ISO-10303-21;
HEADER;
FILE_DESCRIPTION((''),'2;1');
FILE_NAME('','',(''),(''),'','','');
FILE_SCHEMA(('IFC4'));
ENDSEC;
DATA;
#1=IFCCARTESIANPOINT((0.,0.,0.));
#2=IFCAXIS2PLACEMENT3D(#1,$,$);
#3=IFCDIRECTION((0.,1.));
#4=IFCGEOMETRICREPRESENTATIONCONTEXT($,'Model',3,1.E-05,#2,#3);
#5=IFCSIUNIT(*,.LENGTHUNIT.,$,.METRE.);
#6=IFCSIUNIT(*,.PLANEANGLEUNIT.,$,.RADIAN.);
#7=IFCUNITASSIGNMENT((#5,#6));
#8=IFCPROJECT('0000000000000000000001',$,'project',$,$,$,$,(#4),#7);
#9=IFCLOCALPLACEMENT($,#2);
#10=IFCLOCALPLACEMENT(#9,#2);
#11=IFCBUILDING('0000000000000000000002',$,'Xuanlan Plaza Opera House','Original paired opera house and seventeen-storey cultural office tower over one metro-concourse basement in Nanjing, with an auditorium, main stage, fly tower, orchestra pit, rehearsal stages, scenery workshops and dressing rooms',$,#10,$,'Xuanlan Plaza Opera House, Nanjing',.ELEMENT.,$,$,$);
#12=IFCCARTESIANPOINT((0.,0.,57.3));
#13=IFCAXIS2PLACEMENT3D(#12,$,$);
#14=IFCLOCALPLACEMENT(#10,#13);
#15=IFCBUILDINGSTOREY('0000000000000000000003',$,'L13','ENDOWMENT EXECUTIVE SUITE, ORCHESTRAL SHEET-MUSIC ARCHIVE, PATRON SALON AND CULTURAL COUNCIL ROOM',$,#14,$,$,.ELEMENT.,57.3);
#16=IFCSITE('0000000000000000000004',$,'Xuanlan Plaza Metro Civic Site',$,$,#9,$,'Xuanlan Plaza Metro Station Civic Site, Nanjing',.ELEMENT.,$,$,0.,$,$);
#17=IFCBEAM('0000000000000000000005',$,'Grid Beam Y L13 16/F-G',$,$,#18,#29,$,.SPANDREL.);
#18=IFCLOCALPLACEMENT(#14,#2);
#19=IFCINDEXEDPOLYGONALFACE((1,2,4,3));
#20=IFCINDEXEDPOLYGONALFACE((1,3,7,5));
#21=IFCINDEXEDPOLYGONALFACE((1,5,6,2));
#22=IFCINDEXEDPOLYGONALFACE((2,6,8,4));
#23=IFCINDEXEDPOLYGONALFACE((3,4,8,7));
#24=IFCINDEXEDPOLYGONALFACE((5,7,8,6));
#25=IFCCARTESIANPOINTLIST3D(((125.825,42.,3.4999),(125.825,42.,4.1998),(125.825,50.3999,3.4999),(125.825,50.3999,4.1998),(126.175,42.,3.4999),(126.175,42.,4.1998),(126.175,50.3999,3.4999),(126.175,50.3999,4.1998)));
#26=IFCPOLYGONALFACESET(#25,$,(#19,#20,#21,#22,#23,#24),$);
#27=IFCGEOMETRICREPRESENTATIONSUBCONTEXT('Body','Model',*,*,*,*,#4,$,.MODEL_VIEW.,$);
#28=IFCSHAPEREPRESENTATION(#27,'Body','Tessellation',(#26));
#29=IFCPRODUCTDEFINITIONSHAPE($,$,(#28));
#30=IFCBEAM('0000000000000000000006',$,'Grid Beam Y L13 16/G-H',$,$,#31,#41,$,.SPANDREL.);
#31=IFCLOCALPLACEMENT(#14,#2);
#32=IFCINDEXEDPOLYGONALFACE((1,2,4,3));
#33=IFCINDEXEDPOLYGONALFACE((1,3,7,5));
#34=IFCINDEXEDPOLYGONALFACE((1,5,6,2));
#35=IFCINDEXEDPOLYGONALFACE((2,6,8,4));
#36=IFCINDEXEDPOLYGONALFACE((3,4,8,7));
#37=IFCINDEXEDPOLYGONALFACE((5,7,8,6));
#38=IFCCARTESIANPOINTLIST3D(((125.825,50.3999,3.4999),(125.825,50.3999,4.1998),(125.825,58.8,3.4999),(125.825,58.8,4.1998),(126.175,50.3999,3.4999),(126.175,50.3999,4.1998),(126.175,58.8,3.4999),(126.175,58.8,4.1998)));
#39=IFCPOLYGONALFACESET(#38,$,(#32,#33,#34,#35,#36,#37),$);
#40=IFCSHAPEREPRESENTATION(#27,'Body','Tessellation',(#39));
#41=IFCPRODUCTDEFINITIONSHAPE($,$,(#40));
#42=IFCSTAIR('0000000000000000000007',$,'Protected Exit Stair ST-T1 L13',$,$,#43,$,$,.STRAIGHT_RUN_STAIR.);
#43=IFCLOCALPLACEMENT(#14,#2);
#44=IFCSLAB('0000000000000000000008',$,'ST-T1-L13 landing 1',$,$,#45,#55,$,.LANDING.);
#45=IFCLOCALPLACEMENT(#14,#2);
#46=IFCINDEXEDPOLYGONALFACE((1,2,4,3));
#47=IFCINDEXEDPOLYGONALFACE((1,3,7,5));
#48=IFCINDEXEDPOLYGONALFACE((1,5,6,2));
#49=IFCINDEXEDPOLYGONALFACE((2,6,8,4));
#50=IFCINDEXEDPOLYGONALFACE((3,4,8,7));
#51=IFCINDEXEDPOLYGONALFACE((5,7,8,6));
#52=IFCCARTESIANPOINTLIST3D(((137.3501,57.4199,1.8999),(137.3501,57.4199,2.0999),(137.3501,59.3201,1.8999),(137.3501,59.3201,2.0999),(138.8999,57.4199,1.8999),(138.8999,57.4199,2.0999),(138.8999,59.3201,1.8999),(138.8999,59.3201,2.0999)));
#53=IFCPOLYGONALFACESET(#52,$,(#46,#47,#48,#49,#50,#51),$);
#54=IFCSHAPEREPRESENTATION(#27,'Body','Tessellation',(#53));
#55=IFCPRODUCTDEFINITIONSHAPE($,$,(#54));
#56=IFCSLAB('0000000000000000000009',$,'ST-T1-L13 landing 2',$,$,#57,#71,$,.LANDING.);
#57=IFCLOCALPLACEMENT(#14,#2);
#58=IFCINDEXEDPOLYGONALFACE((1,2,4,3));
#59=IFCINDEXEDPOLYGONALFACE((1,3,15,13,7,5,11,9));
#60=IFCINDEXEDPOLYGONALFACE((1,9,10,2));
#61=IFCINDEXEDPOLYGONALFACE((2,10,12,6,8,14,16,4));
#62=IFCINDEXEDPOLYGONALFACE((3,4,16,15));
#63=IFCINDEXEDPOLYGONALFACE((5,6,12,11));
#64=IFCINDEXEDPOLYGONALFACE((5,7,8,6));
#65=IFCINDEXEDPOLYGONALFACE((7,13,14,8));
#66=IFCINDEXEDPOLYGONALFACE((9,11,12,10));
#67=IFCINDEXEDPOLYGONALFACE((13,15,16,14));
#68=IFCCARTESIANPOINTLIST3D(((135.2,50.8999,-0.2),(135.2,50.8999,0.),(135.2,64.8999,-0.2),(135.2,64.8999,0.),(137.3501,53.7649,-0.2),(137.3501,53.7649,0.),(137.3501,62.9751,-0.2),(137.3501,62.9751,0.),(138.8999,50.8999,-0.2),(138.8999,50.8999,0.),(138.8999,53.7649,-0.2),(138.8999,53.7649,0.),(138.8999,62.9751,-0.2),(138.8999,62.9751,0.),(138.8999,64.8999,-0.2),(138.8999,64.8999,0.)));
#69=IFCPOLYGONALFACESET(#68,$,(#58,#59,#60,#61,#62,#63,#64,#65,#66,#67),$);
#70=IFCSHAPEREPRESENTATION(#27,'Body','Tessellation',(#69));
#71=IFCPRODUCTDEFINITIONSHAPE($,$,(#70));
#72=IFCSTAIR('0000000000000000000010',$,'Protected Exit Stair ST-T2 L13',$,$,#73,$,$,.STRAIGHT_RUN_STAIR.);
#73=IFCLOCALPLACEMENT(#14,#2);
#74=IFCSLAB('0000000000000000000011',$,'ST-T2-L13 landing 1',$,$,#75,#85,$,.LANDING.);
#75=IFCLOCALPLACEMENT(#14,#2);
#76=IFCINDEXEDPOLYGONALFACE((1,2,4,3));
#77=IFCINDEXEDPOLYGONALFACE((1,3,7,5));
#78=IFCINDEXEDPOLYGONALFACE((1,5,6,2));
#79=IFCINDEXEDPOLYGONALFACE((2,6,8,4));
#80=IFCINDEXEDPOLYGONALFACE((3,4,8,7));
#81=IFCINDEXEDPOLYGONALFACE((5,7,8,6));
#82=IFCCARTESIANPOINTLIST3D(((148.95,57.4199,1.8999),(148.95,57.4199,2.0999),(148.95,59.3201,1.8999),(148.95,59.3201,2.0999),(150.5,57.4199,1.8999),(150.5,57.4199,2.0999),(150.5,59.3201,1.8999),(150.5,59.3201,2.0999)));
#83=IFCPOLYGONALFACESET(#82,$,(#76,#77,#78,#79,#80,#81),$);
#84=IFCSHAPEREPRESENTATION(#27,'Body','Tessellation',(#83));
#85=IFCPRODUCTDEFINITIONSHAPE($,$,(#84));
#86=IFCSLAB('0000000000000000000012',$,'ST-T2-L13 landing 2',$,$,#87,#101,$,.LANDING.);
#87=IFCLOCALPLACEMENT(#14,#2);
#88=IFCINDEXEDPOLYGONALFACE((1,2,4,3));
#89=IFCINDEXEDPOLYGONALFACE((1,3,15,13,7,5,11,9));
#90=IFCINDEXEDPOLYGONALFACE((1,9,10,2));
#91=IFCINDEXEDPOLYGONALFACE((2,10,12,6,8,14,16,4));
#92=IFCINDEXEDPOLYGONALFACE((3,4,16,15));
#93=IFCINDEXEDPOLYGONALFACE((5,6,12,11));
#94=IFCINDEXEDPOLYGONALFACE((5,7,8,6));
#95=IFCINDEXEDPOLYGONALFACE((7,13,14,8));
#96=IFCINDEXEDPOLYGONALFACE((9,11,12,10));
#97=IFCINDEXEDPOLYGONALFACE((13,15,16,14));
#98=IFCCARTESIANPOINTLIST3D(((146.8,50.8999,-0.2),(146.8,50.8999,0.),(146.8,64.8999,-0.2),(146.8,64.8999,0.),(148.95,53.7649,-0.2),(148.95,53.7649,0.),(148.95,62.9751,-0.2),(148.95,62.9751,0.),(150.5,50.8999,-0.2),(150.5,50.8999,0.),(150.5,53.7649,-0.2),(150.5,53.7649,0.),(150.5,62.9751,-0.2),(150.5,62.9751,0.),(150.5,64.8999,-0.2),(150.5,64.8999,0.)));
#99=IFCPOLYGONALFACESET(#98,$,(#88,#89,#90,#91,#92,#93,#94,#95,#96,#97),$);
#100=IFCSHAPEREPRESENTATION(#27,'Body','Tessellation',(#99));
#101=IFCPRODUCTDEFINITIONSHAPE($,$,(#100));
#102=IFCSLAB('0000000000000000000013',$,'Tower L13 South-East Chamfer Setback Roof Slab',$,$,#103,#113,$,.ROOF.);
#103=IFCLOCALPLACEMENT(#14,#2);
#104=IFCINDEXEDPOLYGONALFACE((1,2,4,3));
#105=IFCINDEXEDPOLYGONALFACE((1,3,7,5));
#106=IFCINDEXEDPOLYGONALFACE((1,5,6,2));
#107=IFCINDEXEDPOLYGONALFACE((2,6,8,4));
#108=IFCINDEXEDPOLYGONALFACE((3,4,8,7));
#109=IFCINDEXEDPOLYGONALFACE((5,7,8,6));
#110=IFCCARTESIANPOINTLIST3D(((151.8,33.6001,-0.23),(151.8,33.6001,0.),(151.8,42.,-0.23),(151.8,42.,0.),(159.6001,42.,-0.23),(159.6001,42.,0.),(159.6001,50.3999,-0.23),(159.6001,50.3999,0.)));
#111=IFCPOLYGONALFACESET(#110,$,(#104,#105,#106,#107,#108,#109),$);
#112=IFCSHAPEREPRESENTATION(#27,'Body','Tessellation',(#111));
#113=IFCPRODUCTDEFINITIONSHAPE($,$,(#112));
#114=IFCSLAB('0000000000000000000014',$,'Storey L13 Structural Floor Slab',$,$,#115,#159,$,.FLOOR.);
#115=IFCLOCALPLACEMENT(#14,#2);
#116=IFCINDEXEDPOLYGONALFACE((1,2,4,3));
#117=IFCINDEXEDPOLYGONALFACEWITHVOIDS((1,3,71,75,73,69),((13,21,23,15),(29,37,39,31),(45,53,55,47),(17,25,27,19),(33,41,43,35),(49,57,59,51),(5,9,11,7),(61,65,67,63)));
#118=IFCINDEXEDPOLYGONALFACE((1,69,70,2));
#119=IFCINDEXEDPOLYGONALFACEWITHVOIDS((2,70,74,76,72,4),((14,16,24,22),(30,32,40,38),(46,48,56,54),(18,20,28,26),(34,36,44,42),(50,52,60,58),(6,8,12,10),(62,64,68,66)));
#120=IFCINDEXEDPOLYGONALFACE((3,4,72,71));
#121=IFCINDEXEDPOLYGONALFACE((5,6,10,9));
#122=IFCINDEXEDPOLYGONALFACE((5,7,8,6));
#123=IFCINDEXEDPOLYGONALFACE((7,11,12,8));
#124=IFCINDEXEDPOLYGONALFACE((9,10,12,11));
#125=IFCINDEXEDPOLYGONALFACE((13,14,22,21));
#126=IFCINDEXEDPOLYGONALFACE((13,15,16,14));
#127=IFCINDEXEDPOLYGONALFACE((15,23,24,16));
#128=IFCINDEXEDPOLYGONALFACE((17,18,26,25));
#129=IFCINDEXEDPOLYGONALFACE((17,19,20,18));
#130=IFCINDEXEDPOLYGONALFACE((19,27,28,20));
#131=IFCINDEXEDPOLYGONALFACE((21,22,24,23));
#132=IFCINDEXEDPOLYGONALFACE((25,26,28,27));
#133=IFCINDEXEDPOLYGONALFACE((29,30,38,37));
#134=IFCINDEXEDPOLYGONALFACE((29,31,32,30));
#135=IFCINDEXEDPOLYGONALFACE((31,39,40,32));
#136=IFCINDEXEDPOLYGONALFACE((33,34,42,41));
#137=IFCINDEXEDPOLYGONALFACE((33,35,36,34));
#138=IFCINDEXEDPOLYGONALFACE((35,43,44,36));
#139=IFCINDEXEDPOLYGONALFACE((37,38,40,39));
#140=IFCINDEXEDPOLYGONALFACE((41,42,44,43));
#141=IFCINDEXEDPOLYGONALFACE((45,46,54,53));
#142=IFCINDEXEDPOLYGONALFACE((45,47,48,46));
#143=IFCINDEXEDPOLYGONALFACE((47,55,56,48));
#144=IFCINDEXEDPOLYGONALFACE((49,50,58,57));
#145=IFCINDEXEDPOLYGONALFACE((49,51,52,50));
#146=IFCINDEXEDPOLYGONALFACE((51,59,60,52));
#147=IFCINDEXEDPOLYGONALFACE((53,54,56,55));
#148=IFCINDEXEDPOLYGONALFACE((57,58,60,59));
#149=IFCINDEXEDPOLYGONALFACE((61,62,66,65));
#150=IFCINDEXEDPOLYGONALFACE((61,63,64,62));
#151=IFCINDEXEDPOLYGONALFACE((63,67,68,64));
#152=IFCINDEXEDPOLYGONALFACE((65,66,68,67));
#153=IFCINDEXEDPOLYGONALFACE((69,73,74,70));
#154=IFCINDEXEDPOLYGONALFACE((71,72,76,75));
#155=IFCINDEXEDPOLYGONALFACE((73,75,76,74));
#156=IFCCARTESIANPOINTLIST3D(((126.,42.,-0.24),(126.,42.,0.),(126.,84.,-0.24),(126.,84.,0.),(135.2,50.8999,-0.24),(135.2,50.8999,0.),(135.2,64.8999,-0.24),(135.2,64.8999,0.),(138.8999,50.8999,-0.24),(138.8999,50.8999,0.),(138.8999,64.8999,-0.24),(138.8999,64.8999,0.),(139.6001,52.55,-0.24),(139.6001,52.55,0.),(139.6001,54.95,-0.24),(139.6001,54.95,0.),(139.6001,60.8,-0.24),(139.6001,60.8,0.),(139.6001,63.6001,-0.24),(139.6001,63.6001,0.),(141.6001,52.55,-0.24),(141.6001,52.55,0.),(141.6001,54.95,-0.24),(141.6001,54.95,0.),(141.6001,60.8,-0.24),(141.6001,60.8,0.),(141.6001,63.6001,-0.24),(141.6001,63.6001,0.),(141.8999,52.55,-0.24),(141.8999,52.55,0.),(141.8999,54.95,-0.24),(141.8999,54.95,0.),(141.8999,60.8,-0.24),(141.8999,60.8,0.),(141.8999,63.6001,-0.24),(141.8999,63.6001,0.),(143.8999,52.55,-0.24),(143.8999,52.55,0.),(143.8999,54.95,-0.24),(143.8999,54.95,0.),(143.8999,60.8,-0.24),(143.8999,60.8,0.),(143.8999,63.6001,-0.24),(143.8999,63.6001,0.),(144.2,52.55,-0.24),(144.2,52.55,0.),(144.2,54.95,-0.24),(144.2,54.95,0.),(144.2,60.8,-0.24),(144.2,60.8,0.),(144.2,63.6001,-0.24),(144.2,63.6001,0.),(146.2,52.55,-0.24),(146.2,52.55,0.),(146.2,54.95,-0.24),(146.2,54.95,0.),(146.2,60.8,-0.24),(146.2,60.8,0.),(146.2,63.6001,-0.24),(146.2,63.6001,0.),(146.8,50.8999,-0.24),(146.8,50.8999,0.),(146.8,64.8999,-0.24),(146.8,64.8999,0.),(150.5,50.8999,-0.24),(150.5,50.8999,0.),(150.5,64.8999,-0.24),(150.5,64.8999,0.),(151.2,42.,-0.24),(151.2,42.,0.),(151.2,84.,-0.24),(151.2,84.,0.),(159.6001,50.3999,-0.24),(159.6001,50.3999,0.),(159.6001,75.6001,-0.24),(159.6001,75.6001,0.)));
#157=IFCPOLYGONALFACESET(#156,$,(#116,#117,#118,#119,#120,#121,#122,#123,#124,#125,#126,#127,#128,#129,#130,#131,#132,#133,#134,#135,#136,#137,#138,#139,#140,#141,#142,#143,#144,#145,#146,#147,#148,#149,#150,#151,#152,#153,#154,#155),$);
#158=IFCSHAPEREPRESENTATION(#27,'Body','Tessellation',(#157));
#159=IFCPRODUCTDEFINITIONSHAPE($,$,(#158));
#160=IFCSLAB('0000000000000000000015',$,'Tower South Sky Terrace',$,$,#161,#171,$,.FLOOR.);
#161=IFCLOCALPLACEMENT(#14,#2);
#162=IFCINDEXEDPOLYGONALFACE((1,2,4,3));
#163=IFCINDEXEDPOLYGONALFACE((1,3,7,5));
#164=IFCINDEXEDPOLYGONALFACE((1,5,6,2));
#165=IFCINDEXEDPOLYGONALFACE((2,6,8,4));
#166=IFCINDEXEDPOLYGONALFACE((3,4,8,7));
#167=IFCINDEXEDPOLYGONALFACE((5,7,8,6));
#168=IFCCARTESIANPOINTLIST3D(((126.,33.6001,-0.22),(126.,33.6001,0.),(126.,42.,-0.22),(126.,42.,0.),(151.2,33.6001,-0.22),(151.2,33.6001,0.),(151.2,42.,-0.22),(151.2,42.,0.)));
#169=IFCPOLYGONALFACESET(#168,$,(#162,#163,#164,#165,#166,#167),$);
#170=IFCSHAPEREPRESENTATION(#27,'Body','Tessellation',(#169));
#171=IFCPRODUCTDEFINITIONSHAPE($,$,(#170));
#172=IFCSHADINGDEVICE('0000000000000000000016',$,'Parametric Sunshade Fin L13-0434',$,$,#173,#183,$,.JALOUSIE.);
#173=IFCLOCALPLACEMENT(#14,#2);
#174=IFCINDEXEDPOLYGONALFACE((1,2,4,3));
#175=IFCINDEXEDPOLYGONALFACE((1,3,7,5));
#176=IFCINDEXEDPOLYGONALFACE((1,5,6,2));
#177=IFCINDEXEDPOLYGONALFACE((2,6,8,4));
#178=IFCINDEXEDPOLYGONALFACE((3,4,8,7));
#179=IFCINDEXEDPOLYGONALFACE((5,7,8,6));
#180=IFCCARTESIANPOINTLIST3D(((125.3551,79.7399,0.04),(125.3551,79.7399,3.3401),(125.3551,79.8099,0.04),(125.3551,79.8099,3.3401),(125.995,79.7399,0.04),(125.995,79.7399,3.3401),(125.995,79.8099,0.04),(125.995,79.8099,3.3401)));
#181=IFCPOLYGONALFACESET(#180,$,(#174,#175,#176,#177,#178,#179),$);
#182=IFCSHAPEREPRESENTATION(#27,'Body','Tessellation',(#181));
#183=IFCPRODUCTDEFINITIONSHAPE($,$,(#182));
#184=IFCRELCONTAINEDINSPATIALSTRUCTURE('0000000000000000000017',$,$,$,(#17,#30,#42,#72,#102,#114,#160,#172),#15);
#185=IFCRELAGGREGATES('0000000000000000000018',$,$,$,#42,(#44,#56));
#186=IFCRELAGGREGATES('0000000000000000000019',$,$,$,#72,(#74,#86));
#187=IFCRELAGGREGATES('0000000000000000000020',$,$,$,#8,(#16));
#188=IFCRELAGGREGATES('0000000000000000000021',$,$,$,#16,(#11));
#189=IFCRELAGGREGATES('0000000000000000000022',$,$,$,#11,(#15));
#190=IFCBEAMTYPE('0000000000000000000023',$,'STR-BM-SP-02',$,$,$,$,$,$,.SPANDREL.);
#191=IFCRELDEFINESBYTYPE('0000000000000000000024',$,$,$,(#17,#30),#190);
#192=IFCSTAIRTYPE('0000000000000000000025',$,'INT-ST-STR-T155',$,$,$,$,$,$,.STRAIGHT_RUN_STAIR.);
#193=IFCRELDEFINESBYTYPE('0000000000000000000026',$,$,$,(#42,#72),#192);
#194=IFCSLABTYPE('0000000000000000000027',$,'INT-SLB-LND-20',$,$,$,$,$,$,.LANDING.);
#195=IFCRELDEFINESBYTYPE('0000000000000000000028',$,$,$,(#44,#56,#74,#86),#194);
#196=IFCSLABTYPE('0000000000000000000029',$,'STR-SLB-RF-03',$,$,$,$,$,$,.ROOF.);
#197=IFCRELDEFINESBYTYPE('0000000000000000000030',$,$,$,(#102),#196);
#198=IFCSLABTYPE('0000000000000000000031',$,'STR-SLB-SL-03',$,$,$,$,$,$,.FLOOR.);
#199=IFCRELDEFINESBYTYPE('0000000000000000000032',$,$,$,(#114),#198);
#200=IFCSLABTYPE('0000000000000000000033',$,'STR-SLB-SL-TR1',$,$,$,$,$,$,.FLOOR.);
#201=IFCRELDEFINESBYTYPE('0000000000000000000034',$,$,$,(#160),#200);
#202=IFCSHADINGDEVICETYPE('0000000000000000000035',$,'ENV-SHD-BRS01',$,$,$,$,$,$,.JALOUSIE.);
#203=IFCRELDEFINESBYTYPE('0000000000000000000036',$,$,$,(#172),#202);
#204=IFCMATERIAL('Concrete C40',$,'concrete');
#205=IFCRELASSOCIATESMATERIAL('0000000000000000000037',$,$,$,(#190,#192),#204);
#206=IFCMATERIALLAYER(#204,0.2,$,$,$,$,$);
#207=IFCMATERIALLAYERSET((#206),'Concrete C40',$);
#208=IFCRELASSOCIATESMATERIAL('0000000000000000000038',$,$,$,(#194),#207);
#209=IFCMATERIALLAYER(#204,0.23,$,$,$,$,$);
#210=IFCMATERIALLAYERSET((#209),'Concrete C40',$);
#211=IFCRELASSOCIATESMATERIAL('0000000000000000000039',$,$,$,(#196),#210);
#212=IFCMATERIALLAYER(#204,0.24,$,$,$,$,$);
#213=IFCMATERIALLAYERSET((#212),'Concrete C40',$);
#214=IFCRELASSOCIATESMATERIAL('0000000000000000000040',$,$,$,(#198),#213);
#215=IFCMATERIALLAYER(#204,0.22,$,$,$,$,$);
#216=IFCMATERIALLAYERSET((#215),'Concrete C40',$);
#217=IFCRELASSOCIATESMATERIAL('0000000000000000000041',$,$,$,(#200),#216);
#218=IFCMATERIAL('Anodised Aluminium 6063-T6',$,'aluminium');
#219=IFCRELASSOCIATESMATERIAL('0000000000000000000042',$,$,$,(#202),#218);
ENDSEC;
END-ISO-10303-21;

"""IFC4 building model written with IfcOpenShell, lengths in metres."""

from ifc_helpers import new_model, si_unit, direction, frame, origin, origin_2d, place, context, subcontext, project, spatial, polyline, rectangle, outline, extrude, material, layer, layer_set, material_profile, profile_set, type_object, element, aggregate, save


model = new_model("IFC4")

# Units and contexts
model_context = context("Model", 3, precision=1e-05, world=origin(), true_north=direction((0.0, 1.0)))
body_context = subcontext(model_context, "Body", "Model", "MODEL_VIEW")
ifc_project = project(units=[si_unit("LENGTHUNIT", "METRE"), si_unit("PLANEANGLEUNIT", "RADIAN")], contexts=[model_context])

# Site, building, storey
site_placement = place(None, origin())
site = spatial("IfcSite", under=ifc_project, at=site_placement, Name="Xuanlan Plaza Metro Civic Site", LongName="Xuanlan Plaza Metro Station Civic Site, Nanjing", CompositionType="ELEMENT", RefElevation=0.0)
building_placement = place(site_placement, origin())
building = spatial("IfcBuilding", under=site, at=building_placement, Name="Xuanlan Plaza Opera House", Description="Original paired opera house and seventeen-storey cultural office tower over one metro-concourse basement in Nanjing, with an auditorium, main stage, fly tower, orchestra pit, rehearsal stages, scenery workshops and dressing rooms", LongName="Xuanlan Plaza Opera House, Nanjing", CompositionType="ELEMENT")
storey_placement = place(building_placement, frame((0.0, 0.0, 57.3)))
storey = spatial("IfcBuildingStorey", under=building, at=storey_placement, Name="L13", Description="ENDOWMENT EXECUTIVE SUITE, ORCHESTRAL SHEET-MUSIC ARCHIVE, PATRON SALON AND CULTURAL COUNCIL ROOM", CompositionType="ELEMENT", Elevation=57.3)

# Beams
ifc_material_1 = material(Name="Concrete C40", Category="concrete")
ifc_material_profile_1 = material_profile(ifc_material_1, rectangle(XDim=0.3501, YDim=0.7, at=origin_2d()), Name="RC-SPD 350x700")
ifc_profile_set_1 = profile_set([ifc_material_profile_1], Name="Concrete C40")
beam_type_1 = type_object("IfcBeamType", Name="STR-BM-SP-02", PredefinedType="SPANDREL", material=ifc_profile_set_1)
for number, where, z_axis, x_axis, name in (
    (1, (126.0, 42.0, 3.8499), (0.0, 1.0, 0.0), (-1.0, 0.0, 0.0), "Grid Beam Y L13 16/F-G"),
):
    element("IfcBeam", number, at=place(storey_placement, frame(where, z_axis=z_axis, x_axis=x_axis)), inside=storey, type_object=beam_type_1, Name=name, PredefinedType="SPANDREL", context=body_context, shape_type="SweptSolid", body=[
        extrude(rectangle(XDim=0.3501, YDim=0.7, at=origin_2d()), origin(), (0.0, 0.0, 1.0), 8.3999),
    ])
beam_1_placement = place(storey_placement, frame((126.0, 50.3999, 3.8499), z_axis=(0.0, 1.0, 0.0), x_axis=(-1.0, 0.0, 0.0)))
element("IfcBeam", 2, at=beam_1_placement, inside=storey, type_object=beam_type_1, Name="Grid Beam Y L13 16/G-H", PredefinedType="SPANDREL", context=body_context, shape_type="SweptSolid", body=[
    extrude(rectangle(XDim=0.3501, YDim=0.7, at=origin_2d()), origin(), (0.0, 0.0, 1.0), 8.4001),
])

# Stairs, slabs
stair_type = type_object("IfcStairType", Name="INT-ST-STR-T155", PredefinedType="STRAIGHT_RUN_STAIR", material=ifc_material_1)
stair_1_placement = place(storey_placement, origin())
stair_1 = element("IfcStair", 3, at=stair_1_placement, inside=storey, type_object=stair_type, Name="Protected Exit Stair ST-T1 L13", PredefinedType="STRAIGHT_RUN_STAIR")
ifc_layer_1 = layer(ifc_material_1, 0.2)
ifc_layer_set_1 = layer_set([ifc_layer_1], Name="Concrete C40")
slab_type_1 = type_object("IfcSlabType", Name="INT-SLB-LND-20", PredefinedType="LANDING", material=ifc_layer_set_1)
slab_1_placement = place(storey_placement, frame((0.0, 0.0, 1.8999)))
slab_1 = element("IfcSlab", 4, at=slab_1_placement, type_object=slab_type_1, Name="ST-T1-L13 landing 1", PredefinedType="LANDING", context=body_context, shape_type="SweptSolid", body=[
    extrude(outline(polyline([(137.3501, 57.4199), (138.8999, 57.4199), (138.8999, 59.3201), (137.3501, 59.3201), (137.3501, 57.4199)])), origin(), (0.0, 0.0, 1.0), 0.2),
])
slab_2_placement = place(storey_placement, frame((0.0, 0.0, -0.2)))
slab_2 = element("IfcSlab", 5, at=slab_2_placement, type_object=slab_type_1, Name="ST-T1-L13 landing 2", PredefinedType="LANDING", context=body_context, shape_type="SweptSolid", body=[
    extrude(outline(polyline([(135.2, 50.8999), (138.8999, 50.8999), (138.8999, 53.7649), (137.3501, 53.7649), (137.3501, 62.9751), (138.8999, 62.9751), (138.8999, 64.8999), (135.2, 64.8999), (135.2, 50.8999)])), origin(), (0.0, 0.0, 1.0), 0.2),
])
aggregate(stair_1, [slab_1, slab_2])
stair_2_placement = place(storey_placement, origin())
stair_2 = element("IfcStair", 6, at=stair_2_placement, inside=storey, type_object=stair_type, Name="Protected Exit Stair ST-T2 L13", PredefinedType="STRAIGHT_RUN_STAIR")
slab_3_placement = place(storey_placement, frame((0.0, 0.0, 1.8999)))
slab_3 = element("IfcSlab", 7, at=slab_3_placement, type_object=slab_type_1, Name="ST-T2-L13 landing 1", PredefinedType="LANDING", context=body_context, shape_type="SweptSolid", body=[
    extrude(outline(polyline([(148.95, 57.4199), (150.5, 57.4199), (150.5, 59.3201), (148.95, 59.3201), (148.95, 57.4199)])), origin(), (0.0, 0.0, 1.0), 0.2),
])
slab_4_placement = place(storey_placement, frame((0.0, 0.0, -0.2)))
slab_4 = element("IfcSlab", 8, at=slab_4_placement, type_object=slab_type_1, Name="ST-T2-L13 landing 2", PredefinedType="LANDING", context=body_context, shape_type="SweptSolid", body=[
    extrude(outline(polyline([(146.8, 50.8999), (150.5, 50.8999), (150.5, 53.7649), (148.95, 53.7649), (148.95, 62.9751), (150.5, 62.9751), (150.5, 64.8999), (146.8, 64.8999), (146.8, 50.8999)])), origin(), (0.0, 0.0, 1.0), 0.2),
])
aggregate(stair_2, [slab_3, slab_4])

# Slabs
ifc_layer_2 = layer(ifc_material_1, 0.23)
ifc_layer_set_2 = layer_set([ifc_layer_2], Name="Concrete C40")
slab_type_2 = type_object("IfcSlabType", Name="STR-SLB-RF-03", PredefinedType="ROOF", material=ifc_layer_set_2)
slab_5_placement = place(storey_placement, frame((0.0, 0.0, -0.23)))
element("IfcSlab", 9, at=slab_5_placement, inside=storey, type_object=slab_type_2, Name="Tower L13 South-East Chamfer Setback Roof Slab", PredefinedType="ROOF", context=body_context, shape_type="SweptSolid", body=[
    extrude(outline(polyline([(151.8, 33.6001), (159.6001, 42.0), (159.6001, 50.3999), (151.8, 42.0), (151.8, 33.6001)])), origin(), (0.0, 0.0, 1.0), 0.23),
])
ifc_layer_3 = layer(ifc_material_1, 0.24)
ifc_layer_set_3 = layer_set([ifc_layer_3], Name="Concrete C40")
slab_type_3 = type_object("IfcSlabType", Name="STR-SLB-SL-03", PredefinedType="FLOOR", material=ifc_layer_set_3)
slab_6_placement = place(storey_placement, frame((0.0, 0.0, -0.24)))
element("IfcSlab", 10, at=slab_6_placement, inside=storey, type_object=slab_type_3, Name="Storey L13 Structural Floor Slab", PredefinedType="FLOOR", context=body_context, shape_type="SweptSolid", body=[
    extrude(outline(polyline([(126.0, 42.0), (151.2, 42.0), (159.6001, 50.3999), (159.6001, 75.6001), (151.2, 84.0), (126.0, 84.0), (126.0, 42.0)]), holes=[polyline([(135.2, 50.8999), (138.8999, 50.8999), (138.8999, 64.8999), (135.2, 64.8999), (135.2, 50.8999)]), polyline([(146.8, 50.8999), (150.5, 50.8999), (150.5, 64.8999), (146.8, 64.8999), (146.8, 50.8999)]), polyline([(139.6001, 60.8), (141.6001, 60.8), (141.6001, 63.6001), (139.6001, 63.6001), (139.6001, 60.8)]), polyline([(141.8999, 60.8), (143.8999, 60.8), (143.8999, 63.6001), (141.8999, 63.6001), (141.8999, 60.8)]), polyline([(144.2, 60.8), (146.2, 60.8), (146.2, 63.6001), (144.2, 63.6001), (144.2, 60.8)]), polyline([(139.6001, 52.55), (141.6001, 52.55), (141.6001, 54.95), (139.6001, 54.95), (139.6001, 52.55)]), polyline([(141.8999, 52.55), (143.8999, 52.55), (143.8999, 54.95), (141.8999, 54.95), (141.8999, 52.55)]), polyline([(144.2, 52.55), (146.2, 52.55), (146.2, 54.95), (144.2, 54.95), (144.2, 52.55)])]), origin(), (0.0, 0.0, 1.0), 0.24),
])
ifc_layer_4 = layer(ifc_material_1, 0.22)
ifc_layer_set_4 = layer_set([ifc_layer_4], Name="Concrete C40")
slab_type_4 = type_object("IfcSlabType", Name="STR-SLB-SL-TR1", PredefinedType="FLOOR", material=ifc_layer_set_4)
slab_7_placement = place(storey_placement, frame((0.0, 0.0, -0.22)))
element("IfcSlab", 11, at=slab_7_placement, inside=storey, type_object=slab_type_4, Name="Tower South Sky Terrace", PredefinedType="FLOOR", context=body_context, shape_type="SweptSolid", body=[
    extrude(outline(polyline([(126.0, 33.6001), (151.2, 33.6001), (151.2, 42.0), (126.0, 42.0), (126.0, 33.6001)])), origin(), (0.0, 0.0, 1.0), 0.22),
])

# Shading device
ifc_material_2 = material(Name="Anodised Aluminium 6063-T6", Category="aluminium")
shading_device_type_1 = type_object("IfcShadingDeviceType", Name="ENV-SHD-BRS01", PredefinedType="JALOUSIE", material=ifc_material_2)
for number, where, z_axis, x_axis, name in (
    (12, (125.675, 79.7749, 0.04), (0.0, 0.0, 1.0), (-1.0, 0.0, 0.0), "Parametric Sunshade Fin L13-0434"),
):
    element("IfcShadingDevice", number, at=place(storey_placement, frame(where, z_axis=z_axis, x_axis=x_axis)), inside=storey, type_object=shading_device_type_1, Name=name, PredefinedType="JALOUSIE", context=body_context, shape_type="SweptSolid", body=[
        extrude(rectangle(XDim=0.6399, YDim=0.0701, at=origin_2d()), origin(), (0.0, 0.0, 1.0), 3.3),
    ])

save(model, "model.ifc")
